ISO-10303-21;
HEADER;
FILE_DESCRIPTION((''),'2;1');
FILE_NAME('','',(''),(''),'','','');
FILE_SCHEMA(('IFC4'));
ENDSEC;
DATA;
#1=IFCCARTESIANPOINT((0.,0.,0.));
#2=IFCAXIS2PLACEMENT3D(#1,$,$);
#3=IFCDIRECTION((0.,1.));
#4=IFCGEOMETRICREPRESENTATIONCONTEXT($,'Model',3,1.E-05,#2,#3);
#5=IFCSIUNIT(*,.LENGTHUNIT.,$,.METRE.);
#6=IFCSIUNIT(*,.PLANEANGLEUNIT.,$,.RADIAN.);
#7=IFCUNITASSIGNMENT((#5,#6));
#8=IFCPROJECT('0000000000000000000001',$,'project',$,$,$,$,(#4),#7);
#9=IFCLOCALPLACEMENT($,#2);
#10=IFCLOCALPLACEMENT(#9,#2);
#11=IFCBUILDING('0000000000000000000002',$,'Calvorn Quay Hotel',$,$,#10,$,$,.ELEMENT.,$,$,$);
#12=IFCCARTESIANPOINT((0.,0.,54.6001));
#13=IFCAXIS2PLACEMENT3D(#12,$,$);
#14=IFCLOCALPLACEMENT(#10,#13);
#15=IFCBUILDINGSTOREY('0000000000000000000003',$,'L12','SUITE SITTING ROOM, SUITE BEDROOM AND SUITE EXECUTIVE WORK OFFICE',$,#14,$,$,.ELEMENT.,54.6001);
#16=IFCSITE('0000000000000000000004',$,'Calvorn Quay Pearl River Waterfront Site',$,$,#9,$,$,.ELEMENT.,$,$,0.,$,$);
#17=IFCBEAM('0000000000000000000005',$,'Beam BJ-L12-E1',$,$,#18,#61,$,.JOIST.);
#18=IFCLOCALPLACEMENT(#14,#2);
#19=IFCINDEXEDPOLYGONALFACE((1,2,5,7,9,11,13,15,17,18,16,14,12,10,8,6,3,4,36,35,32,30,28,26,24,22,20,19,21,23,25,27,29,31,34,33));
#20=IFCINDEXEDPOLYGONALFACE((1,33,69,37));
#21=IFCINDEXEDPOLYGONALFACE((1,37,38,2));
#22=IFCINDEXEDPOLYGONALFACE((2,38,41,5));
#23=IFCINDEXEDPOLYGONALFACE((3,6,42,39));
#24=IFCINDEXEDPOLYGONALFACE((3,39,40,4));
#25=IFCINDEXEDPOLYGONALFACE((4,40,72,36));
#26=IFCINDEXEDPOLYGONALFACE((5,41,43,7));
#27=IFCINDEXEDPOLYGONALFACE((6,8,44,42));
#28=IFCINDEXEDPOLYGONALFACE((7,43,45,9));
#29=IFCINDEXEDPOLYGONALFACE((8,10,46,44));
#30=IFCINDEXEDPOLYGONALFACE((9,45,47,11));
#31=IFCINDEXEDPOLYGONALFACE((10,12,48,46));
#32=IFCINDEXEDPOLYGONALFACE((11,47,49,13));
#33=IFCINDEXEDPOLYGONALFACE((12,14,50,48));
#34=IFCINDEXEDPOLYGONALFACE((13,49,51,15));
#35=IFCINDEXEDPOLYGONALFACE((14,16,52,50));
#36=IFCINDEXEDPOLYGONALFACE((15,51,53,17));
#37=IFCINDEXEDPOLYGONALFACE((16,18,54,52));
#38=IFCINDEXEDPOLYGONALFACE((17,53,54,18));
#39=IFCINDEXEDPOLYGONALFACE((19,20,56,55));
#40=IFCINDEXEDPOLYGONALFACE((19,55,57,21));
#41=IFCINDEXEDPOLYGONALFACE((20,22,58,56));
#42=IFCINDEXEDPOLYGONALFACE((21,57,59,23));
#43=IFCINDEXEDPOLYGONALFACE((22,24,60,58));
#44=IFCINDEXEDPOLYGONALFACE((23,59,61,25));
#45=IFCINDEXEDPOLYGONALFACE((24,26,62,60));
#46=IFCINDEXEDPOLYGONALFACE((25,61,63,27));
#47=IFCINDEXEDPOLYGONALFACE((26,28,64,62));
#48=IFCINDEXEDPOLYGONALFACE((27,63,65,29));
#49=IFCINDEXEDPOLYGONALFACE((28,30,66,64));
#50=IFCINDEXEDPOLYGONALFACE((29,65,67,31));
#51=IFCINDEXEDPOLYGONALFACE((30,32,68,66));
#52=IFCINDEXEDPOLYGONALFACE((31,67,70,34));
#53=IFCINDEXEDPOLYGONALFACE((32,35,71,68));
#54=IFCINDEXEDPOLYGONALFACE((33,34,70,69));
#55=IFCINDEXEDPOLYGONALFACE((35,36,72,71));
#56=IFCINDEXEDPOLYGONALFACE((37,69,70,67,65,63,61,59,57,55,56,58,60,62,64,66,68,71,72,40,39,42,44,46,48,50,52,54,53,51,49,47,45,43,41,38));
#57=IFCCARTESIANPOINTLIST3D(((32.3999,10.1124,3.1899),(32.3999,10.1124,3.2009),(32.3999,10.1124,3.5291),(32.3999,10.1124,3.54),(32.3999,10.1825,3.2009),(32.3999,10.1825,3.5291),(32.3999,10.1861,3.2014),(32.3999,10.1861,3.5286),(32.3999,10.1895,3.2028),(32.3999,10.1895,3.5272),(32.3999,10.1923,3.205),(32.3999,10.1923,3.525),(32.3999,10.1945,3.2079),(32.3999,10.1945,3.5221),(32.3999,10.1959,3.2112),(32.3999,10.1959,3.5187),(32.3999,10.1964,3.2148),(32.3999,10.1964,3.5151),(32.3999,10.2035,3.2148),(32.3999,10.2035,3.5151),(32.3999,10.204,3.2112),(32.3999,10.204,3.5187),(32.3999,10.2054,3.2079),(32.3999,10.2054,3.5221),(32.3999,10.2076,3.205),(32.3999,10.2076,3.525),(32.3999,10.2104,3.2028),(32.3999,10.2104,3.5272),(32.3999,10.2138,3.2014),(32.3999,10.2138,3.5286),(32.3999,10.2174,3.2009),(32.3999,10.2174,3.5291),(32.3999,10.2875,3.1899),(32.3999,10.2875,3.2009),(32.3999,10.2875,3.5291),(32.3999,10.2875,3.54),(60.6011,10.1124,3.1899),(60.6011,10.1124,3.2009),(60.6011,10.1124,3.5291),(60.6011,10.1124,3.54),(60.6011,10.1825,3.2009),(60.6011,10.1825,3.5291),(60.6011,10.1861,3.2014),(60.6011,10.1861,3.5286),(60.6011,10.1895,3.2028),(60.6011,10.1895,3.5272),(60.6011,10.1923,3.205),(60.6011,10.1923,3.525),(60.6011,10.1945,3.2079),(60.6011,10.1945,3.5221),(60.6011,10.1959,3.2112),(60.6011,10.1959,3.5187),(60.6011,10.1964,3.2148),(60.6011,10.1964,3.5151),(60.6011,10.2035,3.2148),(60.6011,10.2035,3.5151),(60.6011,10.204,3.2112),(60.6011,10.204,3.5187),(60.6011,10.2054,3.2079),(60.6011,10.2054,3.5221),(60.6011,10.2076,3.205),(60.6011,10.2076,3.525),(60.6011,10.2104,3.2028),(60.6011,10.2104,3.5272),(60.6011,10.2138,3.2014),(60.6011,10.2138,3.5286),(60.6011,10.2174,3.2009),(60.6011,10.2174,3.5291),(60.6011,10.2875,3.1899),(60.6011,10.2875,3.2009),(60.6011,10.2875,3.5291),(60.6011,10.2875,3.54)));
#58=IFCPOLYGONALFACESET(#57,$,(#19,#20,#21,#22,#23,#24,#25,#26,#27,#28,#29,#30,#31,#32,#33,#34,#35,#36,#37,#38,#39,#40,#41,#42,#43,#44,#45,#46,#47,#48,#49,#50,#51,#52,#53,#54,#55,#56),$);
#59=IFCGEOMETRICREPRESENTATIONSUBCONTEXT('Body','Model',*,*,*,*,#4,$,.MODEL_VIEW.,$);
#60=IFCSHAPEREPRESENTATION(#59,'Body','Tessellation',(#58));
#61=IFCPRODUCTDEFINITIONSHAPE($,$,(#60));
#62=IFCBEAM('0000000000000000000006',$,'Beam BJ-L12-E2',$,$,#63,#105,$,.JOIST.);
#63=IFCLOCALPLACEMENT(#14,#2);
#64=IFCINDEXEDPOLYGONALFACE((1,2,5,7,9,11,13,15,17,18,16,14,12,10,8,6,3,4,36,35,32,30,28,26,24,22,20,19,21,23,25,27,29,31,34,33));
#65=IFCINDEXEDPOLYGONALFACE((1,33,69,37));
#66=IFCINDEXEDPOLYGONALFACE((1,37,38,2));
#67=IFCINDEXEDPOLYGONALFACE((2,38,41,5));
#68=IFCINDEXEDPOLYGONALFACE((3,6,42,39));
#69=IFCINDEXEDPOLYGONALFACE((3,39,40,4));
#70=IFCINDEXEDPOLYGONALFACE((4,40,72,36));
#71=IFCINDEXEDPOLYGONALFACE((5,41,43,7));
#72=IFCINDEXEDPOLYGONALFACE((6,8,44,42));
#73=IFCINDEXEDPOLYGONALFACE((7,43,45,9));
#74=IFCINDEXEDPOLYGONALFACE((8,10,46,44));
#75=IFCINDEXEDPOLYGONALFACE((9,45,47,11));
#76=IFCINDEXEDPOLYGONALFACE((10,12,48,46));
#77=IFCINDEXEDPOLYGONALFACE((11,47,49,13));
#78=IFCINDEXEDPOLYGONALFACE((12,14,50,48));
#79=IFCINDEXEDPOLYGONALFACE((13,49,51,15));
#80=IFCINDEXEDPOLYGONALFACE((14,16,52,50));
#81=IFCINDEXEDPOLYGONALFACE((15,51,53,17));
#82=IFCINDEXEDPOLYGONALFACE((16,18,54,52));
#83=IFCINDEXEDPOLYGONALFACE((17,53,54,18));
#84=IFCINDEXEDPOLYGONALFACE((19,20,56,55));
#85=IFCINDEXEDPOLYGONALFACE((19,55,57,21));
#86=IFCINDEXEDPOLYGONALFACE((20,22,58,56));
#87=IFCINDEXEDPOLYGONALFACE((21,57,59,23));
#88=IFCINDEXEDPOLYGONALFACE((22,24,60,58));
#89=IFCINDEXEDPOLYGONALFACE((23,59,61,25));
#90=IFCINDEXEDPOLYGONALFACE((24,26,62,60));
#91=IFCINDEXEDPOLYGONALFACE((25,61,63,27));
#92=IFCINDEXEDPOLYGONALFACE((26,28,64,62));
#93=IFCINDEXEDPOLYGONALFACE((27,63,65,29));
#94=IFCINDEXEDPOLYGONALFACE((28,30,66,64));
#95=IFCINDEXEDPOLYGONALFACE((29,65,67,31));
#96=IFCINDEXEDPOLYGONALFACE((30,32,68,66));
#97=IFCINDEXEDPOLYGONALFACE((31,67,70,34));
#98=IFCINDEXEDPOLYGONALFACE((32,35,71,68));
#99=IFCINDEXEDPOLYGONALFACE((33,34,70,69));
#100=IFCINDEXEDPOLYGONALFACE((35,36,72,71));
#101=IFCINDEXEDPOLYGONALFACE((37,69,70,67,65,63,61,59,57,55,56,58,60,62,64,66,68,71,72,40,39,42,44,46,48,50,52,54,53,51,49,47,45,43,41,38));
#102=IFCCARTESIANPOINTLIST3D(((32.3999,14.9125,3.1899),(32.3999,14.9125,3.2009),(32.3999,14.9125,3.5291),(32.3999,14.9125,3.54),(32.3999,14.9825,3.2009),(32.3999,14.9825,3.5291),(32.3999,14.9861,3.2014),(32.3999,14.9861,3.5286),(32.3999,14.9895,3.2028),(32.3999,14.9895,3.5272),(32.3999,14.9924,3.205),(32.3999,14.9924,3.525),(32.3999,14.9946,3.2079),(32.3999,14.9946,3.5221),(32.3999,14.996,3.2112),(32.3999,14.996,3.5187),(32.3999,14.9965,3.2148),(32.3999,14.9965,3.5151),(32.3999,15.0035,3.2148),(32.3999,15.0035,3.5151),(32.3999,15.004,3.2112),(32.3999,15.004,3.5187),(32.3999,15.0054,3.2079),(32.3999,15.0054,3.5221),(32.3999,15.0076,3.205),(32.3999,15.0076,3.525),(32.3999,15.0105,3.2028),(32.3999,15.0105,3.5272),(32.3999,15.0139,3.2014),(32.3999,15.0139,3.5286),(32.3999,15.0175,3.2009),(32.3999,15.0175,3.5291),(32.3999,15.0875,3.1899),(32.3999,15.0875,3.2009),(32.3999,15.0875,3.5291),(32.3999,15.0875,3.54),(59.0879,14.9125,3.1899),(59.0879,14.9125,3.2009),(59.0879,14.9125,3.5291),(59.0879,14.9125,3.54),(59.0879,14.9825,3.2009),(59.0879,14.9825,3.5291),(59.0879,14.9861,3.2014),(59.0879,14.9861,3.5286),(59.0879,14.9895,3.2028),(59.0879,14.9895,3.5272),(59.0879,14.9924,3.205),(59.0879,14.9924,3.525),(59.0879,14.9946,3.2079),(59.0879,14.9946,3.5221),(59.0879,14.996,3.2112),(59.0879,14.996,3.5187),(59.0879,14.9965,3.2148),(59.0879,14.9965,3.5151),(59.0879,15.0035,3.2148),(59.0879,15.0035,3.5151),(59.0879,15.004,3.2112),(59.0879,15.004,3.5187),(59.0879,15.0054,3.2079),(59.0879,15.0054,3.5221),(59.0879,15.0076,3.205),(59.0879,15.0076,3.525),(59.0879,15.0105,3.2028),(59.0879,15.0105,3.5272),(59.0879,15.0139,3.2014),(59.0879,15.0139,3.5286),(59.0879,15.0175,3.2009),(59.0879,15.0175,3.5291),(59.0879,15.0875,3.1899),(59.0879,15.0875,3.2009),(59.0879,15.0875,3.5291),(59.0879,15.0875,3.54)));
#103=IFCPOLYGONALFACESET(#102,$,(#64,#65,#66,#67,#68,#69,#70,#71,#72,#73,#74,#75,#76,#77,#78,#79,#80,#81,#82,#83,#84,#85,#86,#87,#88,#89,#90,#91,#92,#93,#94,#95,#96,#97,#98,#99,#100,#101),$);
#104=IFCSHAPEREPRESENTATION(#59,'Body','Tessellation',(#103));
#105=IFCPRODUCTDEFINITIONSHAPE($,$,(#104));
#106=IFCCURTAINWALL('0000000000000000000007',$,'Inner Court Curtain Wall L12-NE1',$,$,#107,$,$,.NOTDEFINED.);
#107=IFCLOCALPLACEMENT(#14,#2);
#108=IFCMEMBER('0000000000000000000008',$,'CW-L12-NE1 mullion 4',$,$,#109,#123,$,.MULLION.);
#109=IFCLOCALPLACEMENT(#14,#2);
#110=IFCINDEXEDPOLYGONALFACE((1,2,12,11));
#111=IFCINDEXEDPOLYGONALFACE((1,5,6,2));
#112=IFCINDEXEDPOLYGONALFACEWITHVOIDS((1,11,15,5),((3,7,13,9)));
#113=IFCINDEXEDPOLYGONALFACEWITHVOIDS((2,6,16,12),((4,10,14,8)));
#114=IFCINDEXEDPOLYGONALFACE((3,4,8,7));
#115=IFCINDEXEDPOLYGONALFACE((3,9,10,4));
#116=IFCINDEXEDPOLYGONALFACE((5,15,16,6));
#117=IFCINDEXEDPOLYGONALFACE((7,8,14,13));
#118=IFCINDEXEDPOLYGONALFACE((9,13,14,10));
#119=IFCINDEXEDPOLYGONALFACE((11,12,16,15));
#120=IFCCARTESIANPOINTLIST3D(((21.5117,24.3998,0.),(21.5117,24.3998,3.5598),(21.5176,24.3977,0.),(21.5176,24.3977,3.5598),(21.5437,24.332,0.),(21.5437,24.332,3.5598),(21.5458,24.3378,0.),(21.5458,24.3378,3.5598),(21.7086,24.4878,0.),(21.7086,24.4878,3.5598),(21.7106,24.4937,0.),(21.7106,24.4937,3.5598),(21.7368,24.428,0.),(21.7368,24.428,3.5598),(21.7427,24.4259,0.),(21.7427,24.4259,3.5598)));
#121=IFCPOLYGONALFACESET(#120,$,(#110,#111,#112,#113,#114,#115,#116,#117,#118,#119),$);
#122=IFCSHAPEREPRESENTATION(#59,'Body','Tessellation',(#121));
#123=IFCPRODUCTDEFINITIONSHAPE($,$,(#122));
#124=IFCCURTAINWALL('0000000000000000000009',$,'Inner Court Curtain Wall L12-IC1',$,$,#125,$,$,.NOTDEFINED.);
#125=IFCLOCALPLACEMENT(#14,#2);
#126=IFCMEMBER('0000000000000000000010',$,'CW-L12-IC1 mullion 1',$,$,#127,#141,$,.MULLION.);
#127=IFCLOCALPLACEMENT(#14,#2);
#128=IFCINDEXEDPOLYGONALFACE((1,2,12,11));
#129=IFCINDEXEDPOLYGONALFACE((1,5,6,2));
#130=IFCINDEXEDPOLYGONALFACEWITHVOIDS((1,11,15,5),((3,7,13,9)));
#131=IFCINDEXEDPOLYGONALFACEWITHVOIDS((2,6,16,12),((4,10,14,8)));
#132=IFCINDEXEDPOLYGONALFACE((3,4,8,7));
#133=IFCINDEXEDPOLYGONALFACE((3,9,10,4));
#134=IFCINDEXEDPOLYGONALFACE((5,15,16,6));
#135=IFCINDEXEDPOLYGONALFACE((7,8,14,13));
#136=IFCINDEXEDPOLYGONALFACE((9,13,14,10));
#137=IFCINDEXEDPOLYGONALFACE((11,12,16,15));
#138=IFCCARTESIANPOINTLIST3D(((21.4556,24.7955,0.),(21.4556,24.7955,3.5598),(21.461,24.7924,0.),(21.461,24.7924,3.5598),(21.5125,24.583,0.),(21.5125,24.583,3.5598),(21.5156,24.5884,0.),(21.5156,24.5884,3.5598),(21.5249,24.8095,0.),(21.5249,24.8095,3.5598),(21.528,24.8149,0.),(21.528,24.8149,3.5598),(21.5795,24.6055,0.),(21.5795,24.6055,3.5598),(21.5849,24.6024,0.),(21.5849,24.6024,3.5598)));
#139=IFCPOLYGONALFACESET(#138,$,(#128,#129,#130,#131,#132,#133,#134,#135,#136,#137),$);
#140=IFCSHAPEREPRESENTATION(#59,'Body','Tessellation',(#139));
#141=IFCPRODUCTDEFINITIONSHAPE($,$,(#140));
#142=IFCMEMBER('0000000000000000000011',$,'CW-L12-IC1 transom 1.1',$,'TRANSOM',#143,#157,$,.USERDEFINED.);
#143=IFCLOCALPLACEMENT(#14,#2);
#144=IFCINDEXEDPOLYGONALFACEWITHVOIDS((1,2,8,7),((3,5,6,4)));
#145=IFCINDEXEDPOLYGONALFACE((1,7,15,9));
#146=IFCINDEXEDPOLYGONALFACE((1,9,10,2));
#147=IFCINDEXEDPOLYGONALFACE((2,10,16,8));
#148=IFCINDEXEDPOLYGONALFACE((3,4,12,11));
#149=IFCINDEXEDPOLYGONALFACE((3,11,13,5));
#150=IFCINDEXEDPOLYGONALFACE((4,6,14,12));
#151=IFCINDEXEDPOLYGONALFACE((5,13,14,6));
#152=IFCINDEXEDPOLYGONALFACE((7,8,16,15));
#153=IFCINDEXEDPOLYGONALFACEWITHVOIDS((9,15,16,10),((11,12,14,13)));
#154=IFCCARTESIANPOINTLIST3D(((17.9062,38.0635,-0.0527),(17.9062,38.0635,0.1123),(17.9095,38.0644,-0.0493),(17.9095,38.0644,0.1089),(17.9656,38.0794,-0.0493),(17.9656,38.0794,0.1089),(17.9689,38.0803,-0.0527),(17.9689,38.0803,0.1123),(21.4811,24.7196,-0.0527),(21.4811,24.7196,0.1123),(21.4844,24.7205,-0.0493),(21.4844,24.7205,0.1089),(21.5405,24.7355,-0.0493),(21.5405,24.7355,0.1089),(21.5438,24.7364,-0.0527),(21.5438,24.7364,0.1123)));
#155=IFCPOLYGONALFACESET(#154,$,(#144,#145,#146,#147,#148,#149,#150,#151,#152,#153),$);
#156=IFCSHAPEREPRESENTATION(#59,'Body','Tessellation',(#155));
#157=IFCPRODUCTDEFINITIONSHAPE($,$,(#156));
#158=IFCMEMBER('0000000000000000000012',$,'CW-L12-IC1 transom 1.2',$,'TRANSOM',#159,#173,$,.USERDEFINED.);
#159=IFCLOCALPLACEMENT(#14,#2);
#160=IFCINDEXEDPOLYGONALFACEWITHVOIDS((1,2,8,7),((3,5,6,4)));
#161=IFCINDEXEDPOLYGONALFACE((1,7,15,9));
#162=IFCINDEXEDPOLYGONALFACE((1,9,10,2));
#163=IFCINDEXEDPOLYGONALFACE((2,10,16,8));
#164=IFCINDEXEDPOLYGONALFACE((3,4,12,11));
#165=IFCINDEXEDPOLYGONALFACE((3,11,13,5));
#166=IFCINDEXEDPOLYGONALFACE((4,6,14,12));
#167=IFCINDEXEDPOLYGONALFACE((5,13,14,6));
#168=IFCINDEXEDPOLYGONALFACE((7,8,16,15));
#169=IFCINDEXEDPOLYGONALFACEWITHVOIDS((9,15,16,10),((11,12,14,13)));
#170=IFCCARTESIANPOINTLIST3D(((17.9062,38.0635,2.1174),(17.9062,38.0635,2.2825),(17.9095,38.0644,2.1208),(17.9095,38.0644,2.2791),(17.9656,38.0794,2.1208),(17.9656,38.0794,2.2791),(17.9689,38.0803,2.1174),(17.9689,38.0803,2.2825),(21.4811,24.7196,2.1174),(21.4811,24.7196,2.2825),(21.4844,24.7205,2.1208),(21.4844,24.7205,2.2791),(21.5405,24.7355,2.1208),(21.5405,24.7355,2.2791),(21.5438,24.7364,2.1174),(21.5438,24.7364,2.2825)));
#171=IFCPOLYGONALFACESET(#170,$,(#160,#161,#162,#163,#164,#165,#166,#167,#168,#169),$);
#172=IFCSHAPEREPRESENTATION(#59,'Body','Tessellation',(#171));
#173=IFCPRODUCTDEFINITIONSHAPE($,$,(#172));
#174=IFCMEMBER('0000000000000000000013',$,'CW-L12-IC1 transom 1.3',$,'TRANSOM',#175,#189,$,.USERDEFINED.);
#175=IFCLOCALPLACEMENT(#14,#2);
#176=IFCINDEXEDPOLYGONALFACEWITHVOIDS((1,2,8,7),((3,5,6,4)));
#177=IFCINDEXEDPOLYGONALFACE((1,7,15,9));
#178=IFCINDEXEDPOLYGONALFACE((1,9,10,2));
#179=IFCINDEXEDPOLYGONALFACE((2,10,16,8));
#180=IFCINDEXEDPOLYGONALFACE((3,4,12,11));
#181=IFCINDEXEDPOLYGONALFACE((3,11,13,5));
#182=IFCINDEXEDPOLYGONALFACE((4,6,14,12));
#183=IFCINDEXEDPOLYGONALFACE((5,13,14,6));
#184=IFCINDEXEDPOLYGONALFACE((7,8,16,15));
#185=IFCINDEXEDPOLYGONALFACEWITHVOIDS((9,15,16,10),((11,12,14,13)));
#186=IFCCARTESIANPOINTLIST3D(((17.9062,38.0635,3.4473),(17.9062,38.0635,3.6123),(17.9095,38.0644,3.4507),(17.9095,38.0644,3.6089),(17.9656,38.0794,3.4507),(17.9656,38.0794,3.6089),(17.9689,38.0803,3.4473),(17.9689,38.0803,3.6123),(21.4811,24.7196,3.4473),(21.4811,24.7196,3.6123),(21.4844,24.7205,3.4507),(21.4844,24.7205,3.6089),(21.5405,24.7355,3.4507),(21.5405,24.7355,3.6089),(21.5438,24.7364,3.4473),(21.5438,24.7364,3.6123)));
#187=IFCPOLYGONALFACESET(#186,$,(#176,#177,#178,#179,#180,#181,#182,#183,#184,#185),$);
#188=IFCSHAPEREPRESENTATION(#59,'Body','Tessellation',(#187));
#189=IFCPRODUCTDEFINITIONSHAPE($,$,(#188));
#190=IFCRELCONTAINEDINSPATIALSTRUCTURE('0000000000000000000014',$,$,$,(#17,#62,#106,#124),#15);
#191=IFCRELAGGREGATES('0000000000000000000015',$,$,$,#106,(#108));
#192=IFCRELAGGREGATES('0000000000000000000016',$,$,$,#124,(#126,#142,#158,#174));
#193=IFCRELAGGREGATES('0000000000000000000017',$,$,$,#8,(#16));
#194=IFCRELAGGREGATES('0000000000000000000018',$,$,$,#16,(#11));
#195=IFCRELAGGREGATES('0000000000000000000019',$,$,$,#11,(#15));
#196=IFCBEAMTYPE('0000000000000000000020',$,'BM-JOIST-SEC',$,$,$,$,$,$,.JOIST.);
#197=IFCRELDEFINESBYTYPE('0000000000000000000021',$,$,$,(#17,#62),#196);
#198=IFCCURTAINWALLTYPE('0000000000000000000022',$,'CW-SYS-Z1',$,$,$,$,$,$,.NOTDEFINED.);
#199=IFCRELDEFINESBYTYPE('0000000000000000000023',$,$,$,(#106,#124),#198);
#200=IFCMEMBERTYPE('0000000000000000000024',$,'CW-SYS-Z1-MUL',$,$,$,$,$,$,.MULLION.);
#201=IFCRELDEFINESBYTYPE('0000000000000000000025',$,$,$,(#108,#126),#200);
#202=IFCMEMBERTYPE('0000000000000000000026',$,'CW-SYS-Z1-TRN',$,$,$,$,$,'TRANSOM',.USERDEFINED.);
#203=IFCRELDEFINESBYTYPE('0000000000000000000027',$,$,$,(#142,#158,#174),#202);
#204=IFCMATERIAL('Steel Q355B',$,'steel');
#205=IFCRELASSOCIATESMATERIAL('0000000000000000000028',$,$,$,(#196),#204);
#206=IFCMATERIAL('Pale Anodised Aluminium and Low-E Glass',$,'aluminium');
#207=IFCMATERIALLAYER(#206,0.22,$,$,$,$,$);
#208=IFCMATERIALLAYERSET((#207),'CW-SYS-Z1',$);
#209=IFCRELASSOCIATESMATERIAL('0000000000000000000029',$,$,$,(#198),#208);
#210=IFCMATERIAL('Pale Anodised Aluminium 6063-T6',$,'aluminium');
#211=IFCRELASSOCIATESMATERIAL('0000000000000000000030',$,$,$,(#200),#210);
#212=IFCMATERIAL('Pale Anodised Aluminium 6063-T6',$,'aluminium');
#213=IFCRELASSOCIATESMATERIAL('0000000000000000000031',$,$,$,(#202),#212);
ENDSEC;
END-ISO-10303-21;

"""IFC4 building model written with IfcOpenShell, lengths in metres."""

from ifc_helpers import new_model, si_unit, direction, frame, origin, origin_2d, place, context, subcontext, project, spatial, hollow_rectangle, i_section, extrude, material, layer, layer_set, material_profile, profile_set, type_object, element, aggregate, save


model = new_model("IFC4")

# Units and contexts
model_context = context("Model", 3, precision=1e-05, world=origin(), true_north=direction((0.0, 1.0)))
body_context = subcontext(model_context, "Body", "Model", "MODEL_VIEW")
ifc_project = project(units=[si_unit("LENGTHUNIT", "METRE"), si_unit("PLANEANGLEUNIT", "RADIAN")], contexts=[model_context])

# Site, building, storey
site_placement = place(None, origin())
site = spatial("IfcSite", under=ifc_project, at=site_placement, Name="Calvorn Quay Pearl River Waterfront Site", CompositionType="ELEMENT", RefElevation=0.0)
building_placement = place(site_placement, origin())
building = spatial("IfcBuilding", under=site, at=building_placement, Name="Calvorn Quay Hotel", CompositionType="ELEMENT")
storey_placement = place(building_placement, frame((0.0, 0.0, 54.6001)))
storey = spatial("IfcBuildingStorey", under=building, at=storey_placement, Name="L12", Description="SUITE SITTING ROOM, SUITE BEDROOM AND SUITE EXECUTIVE WORK OFFICE", CompositionType="ELEMENT", Elevation=54.6001)

# Beams
ifc_material_1 = material(Name="Steel Q355B", Category="steel")
ifc_material_profile_1 = material_profile(ifc_material_1, i_section(OverallWidth=0.175, OverallDepth=0.3501, WebThickness=0.0071, FlangeThickness=0.011, FilletRadius=0.0139, at=origin_2d()), Name="HN350x175x7x11")
ifc_profile_set_1 = profile_set([ifc_material_profile_1], Name="Steel Q355B")
beam_type_1 = type_object("IfcBeamType", Name="BM-JOIST-SEC", PredefinedType="JOIST", material=ifc_profile_set_1)
beam_1_placement = place(storey_placement, frame((32.3999, 10.2, 3.365), z_axis=(1.0, 0.0, 0.0), x_axis=(0.0, 1.0, 0.0)))
element("IfcBeam", 1, at=beam_1_placement, inside=storey, type_object=beam_type_1, Name="Beam BJ-L12-E1", PredefinedType="JOIST", context=body_context, shape_type="SweptSolid", body=[
    extrude(i_section(OverallWidth=0.175, OverallDepth=0.3501, WebThickness=0.0071, FlangeThickness=0.011, FilletRadius=0.0139, at=origin_2d()), origin(), (0.0, 0.0, 1.0), 28.2012),
])
beam_2_placement = place(storey_placement, frame((32.3999, 15.0, 3.365), z_axis=(1.0, 0.0, 0.0), x_axis=(0.0, 1.0, 0.0)))
element("IfcBeam", 2, at=beam_2_placement, inside=storey, type_object=beam_type_1, Name="Beam BJ-L12-E2", PredefinedType="JOIST", context=body_context, shape_type="SweptSolid", body=[
    extrude(i_section(OverallWidth=0.175, OverallDepth=0.3501, WebThickness=0.0071, FlangeThickness=0.011, FilletRadius=0.0139, at=origin_2d()), origin(), (0.0, 0.0, 1.0), 26.688),
])

# Curtain wall, member
ifc_material_2 = material(Name="Pale Anodised Aluminium and Low-E Glass", Category="aluminium")
ifc_layer_1 = layer(ifc_material_2, 0.22)
ifc_layer_set_1 = layer_set([ifc_layer_1], Name="CW-SYS-Z1")
curtain_wall_type = type_object("IfcCurtainWallType", Name="CW-SYS-Z1", PredefinedType="NOTDEFINED", material=ifc_layer_set_1)
curtain_wall_1_placement = place(storey_placement, origin())
curtain_wall_1 = element("IfcCurtainWall", 3, at=curtain_wall_1_placement, inside=storey, type_object=curtain_wall_type, Name="Inner Court Curtain Wall L12-NE1", PredefinedType="NOTDEFINED")
ifc_material_3 = material(Name="Pale Anodised Aluminium 6063-T6", Category="aluminium")
ifc_material_profile_2 = material_profile(ifc_material_3, hollow_rectangle(XDim=0.075, YDim=0.22, WallThickness=0.0044, at=origin_2d()), Name="ALU-M220x75x4.5")
ifc_profile_set_2 = profile_set([ifc_material_profile_2], Name="Pale Anodised Aluminium 6063-T6")
member_type_1 = type_object("IfcMemberType", Name="CW-SYS-Z1-MUL", PredefinedType="MULLION", material=ifc_profile_set_2)
member_1_placement = place(storey_placement, frame((21.6272, 24.4128, 0.0), z_axis=(0.0, 0.0, 1.0), x_axis=(0.427006, -0.904249, 0.0)))
member_1 = element("IfcMember", 4, at=member_1_placement, type_object=member_type_1, Name="CW-L12-NE1 mullion 4", PredefinedType="MULLION", context=body_context, shape_type="SweptSolid", body=[
    extrude(hollow_rectangle(XDim=0.075, YDim=0.22, WallThickness=0.0044, at=origin_2d()), origin(), (0.0, 0.0, 1.0), 3.5598),
])
aggregate(curtain_wall_1, [member_1])

# Curtain wall, members
curtain_wall_2_placement = place(storey_placement, origin())
curtain_wall_2 = element("IfcCurtainWall", 5, at=curtain_wall_2_placement, inside=storey, type_object=curtain_wall_type, Name="Inner Court Curtain Wall L12-IC1", PredefinedType="NOTDEFINED")
member_2_placement = place(storey_placement, frame((21.5203, 24.699, 0.0), z_axis=(0.0, 0.0, 1.0), x_axis=(-0.965937, -0.258779, 0.0)))
member_2 = element("IfcMember", 6, at=member_2_placement, type_object=member_type_1, Name="CW-L12-IC1 mullion 1", PredefinedType="MULLION", context=body_context, shape_type="SweptSolid", body=[
    extrude(hollow_rectangle(XDim=0.075, YDim=0.22, WallThickness=0.0044, at=origin_2d()), origin(), (0.0, 0.0, 1.0), 3.5598),
])
ifc_material_4 = material(Name="Pale Anodised Aluminium 6063-T6", Category="aluminium")
ifc_material_profile_3 = material_profile(ifc_material_4, hollow_rectangle(XDim=0.0649, YDim=0.165, WallThickness=0.0034, at=origin_2d()), Name="ALU-T165x65x3.5")
ifc_profile_set_3 = profile_set([ifc_material_profile_3], Name="Pale Anodised Aluminium 6063-T6")
member_type_2 = type_object("IfcMemberType", Name="CW-SYS-Z1-TRN", ElementType="TRANSOM", PredefinedType="USERDEFINED", material=ifc_profile_set_3)
member_3_placement = place(storey_placement, frame((21.5125, 24.728, 0.0298), z_axis=(-0.258781, 0.965936, 0.0), x_axis=(-0.965936, -0.258781, 0.0)))
member_3 = element("IfcMember", 7, at=member_3_placement, type_object=member_type_2, Name="CW-L12-IC1 transom 1.1", ObjectType="TRANSOM", PredefinedType="USERDEFINED", context=body_context, shape_type="SweptSolid", body=[
    extrude(hollow_rectangle(XDim=0.0649, YDim=0.165, WallThickness=0.0034, at=origin_2d()), origin(), (0.0, 0.0, 1.0), 13.8145),
])
member_4_placement = place(storey_placement, frame((21.5125, 24.728, 2.2), z_axis=(-0.258781, 0.965936, 0.0), x_axis=(-0.965936, -0.258781, 0.0)))
member_4 = element("IfcMember", 8, at=member_4_placement, type_object=member_type_2, Name="CW-L12-IC1 transom 1.2", ObjectType="TRANSOM", PredefinedType="USERDEFINED", context=body_context, shape_type="SweptSolid", body=[
    extrude(hollow_rectangle(XDim=0.0649, YDim=0.165, WallThickness=0.0034, at=origin_2d()), origin(), (0.0, 0.0, 1.0), 13.8145),
])
member_5_placement = place(storey_placement, frame((21.5125, 24.728, 3.5298), z_axis=(-0.258781, 0.965936, 0.0), x_axis=(-0.965936, -0.258781, 0.0)))
member_5 = element("IfcMember", 9, at=member_5_placement, type_object=member_type_2, Name="CW-L12-IC1 transom 1.3", ObjectType="TRANSOM", PredefinedType="USERDEFINED", context=body_context, shape_type="SweptSolid", body=[
    extrude(hollow_rectangle(XDim=0.0649, YDim=0.165, WallThickness=0.0034, at=origin_2d()), origin(), (0.0, 0.0, 1.0), 13.8145),
])
aggregate(curtain_wall_2, [member_2, member_3, member_4, member_5])

save(model, "model.ifc")
